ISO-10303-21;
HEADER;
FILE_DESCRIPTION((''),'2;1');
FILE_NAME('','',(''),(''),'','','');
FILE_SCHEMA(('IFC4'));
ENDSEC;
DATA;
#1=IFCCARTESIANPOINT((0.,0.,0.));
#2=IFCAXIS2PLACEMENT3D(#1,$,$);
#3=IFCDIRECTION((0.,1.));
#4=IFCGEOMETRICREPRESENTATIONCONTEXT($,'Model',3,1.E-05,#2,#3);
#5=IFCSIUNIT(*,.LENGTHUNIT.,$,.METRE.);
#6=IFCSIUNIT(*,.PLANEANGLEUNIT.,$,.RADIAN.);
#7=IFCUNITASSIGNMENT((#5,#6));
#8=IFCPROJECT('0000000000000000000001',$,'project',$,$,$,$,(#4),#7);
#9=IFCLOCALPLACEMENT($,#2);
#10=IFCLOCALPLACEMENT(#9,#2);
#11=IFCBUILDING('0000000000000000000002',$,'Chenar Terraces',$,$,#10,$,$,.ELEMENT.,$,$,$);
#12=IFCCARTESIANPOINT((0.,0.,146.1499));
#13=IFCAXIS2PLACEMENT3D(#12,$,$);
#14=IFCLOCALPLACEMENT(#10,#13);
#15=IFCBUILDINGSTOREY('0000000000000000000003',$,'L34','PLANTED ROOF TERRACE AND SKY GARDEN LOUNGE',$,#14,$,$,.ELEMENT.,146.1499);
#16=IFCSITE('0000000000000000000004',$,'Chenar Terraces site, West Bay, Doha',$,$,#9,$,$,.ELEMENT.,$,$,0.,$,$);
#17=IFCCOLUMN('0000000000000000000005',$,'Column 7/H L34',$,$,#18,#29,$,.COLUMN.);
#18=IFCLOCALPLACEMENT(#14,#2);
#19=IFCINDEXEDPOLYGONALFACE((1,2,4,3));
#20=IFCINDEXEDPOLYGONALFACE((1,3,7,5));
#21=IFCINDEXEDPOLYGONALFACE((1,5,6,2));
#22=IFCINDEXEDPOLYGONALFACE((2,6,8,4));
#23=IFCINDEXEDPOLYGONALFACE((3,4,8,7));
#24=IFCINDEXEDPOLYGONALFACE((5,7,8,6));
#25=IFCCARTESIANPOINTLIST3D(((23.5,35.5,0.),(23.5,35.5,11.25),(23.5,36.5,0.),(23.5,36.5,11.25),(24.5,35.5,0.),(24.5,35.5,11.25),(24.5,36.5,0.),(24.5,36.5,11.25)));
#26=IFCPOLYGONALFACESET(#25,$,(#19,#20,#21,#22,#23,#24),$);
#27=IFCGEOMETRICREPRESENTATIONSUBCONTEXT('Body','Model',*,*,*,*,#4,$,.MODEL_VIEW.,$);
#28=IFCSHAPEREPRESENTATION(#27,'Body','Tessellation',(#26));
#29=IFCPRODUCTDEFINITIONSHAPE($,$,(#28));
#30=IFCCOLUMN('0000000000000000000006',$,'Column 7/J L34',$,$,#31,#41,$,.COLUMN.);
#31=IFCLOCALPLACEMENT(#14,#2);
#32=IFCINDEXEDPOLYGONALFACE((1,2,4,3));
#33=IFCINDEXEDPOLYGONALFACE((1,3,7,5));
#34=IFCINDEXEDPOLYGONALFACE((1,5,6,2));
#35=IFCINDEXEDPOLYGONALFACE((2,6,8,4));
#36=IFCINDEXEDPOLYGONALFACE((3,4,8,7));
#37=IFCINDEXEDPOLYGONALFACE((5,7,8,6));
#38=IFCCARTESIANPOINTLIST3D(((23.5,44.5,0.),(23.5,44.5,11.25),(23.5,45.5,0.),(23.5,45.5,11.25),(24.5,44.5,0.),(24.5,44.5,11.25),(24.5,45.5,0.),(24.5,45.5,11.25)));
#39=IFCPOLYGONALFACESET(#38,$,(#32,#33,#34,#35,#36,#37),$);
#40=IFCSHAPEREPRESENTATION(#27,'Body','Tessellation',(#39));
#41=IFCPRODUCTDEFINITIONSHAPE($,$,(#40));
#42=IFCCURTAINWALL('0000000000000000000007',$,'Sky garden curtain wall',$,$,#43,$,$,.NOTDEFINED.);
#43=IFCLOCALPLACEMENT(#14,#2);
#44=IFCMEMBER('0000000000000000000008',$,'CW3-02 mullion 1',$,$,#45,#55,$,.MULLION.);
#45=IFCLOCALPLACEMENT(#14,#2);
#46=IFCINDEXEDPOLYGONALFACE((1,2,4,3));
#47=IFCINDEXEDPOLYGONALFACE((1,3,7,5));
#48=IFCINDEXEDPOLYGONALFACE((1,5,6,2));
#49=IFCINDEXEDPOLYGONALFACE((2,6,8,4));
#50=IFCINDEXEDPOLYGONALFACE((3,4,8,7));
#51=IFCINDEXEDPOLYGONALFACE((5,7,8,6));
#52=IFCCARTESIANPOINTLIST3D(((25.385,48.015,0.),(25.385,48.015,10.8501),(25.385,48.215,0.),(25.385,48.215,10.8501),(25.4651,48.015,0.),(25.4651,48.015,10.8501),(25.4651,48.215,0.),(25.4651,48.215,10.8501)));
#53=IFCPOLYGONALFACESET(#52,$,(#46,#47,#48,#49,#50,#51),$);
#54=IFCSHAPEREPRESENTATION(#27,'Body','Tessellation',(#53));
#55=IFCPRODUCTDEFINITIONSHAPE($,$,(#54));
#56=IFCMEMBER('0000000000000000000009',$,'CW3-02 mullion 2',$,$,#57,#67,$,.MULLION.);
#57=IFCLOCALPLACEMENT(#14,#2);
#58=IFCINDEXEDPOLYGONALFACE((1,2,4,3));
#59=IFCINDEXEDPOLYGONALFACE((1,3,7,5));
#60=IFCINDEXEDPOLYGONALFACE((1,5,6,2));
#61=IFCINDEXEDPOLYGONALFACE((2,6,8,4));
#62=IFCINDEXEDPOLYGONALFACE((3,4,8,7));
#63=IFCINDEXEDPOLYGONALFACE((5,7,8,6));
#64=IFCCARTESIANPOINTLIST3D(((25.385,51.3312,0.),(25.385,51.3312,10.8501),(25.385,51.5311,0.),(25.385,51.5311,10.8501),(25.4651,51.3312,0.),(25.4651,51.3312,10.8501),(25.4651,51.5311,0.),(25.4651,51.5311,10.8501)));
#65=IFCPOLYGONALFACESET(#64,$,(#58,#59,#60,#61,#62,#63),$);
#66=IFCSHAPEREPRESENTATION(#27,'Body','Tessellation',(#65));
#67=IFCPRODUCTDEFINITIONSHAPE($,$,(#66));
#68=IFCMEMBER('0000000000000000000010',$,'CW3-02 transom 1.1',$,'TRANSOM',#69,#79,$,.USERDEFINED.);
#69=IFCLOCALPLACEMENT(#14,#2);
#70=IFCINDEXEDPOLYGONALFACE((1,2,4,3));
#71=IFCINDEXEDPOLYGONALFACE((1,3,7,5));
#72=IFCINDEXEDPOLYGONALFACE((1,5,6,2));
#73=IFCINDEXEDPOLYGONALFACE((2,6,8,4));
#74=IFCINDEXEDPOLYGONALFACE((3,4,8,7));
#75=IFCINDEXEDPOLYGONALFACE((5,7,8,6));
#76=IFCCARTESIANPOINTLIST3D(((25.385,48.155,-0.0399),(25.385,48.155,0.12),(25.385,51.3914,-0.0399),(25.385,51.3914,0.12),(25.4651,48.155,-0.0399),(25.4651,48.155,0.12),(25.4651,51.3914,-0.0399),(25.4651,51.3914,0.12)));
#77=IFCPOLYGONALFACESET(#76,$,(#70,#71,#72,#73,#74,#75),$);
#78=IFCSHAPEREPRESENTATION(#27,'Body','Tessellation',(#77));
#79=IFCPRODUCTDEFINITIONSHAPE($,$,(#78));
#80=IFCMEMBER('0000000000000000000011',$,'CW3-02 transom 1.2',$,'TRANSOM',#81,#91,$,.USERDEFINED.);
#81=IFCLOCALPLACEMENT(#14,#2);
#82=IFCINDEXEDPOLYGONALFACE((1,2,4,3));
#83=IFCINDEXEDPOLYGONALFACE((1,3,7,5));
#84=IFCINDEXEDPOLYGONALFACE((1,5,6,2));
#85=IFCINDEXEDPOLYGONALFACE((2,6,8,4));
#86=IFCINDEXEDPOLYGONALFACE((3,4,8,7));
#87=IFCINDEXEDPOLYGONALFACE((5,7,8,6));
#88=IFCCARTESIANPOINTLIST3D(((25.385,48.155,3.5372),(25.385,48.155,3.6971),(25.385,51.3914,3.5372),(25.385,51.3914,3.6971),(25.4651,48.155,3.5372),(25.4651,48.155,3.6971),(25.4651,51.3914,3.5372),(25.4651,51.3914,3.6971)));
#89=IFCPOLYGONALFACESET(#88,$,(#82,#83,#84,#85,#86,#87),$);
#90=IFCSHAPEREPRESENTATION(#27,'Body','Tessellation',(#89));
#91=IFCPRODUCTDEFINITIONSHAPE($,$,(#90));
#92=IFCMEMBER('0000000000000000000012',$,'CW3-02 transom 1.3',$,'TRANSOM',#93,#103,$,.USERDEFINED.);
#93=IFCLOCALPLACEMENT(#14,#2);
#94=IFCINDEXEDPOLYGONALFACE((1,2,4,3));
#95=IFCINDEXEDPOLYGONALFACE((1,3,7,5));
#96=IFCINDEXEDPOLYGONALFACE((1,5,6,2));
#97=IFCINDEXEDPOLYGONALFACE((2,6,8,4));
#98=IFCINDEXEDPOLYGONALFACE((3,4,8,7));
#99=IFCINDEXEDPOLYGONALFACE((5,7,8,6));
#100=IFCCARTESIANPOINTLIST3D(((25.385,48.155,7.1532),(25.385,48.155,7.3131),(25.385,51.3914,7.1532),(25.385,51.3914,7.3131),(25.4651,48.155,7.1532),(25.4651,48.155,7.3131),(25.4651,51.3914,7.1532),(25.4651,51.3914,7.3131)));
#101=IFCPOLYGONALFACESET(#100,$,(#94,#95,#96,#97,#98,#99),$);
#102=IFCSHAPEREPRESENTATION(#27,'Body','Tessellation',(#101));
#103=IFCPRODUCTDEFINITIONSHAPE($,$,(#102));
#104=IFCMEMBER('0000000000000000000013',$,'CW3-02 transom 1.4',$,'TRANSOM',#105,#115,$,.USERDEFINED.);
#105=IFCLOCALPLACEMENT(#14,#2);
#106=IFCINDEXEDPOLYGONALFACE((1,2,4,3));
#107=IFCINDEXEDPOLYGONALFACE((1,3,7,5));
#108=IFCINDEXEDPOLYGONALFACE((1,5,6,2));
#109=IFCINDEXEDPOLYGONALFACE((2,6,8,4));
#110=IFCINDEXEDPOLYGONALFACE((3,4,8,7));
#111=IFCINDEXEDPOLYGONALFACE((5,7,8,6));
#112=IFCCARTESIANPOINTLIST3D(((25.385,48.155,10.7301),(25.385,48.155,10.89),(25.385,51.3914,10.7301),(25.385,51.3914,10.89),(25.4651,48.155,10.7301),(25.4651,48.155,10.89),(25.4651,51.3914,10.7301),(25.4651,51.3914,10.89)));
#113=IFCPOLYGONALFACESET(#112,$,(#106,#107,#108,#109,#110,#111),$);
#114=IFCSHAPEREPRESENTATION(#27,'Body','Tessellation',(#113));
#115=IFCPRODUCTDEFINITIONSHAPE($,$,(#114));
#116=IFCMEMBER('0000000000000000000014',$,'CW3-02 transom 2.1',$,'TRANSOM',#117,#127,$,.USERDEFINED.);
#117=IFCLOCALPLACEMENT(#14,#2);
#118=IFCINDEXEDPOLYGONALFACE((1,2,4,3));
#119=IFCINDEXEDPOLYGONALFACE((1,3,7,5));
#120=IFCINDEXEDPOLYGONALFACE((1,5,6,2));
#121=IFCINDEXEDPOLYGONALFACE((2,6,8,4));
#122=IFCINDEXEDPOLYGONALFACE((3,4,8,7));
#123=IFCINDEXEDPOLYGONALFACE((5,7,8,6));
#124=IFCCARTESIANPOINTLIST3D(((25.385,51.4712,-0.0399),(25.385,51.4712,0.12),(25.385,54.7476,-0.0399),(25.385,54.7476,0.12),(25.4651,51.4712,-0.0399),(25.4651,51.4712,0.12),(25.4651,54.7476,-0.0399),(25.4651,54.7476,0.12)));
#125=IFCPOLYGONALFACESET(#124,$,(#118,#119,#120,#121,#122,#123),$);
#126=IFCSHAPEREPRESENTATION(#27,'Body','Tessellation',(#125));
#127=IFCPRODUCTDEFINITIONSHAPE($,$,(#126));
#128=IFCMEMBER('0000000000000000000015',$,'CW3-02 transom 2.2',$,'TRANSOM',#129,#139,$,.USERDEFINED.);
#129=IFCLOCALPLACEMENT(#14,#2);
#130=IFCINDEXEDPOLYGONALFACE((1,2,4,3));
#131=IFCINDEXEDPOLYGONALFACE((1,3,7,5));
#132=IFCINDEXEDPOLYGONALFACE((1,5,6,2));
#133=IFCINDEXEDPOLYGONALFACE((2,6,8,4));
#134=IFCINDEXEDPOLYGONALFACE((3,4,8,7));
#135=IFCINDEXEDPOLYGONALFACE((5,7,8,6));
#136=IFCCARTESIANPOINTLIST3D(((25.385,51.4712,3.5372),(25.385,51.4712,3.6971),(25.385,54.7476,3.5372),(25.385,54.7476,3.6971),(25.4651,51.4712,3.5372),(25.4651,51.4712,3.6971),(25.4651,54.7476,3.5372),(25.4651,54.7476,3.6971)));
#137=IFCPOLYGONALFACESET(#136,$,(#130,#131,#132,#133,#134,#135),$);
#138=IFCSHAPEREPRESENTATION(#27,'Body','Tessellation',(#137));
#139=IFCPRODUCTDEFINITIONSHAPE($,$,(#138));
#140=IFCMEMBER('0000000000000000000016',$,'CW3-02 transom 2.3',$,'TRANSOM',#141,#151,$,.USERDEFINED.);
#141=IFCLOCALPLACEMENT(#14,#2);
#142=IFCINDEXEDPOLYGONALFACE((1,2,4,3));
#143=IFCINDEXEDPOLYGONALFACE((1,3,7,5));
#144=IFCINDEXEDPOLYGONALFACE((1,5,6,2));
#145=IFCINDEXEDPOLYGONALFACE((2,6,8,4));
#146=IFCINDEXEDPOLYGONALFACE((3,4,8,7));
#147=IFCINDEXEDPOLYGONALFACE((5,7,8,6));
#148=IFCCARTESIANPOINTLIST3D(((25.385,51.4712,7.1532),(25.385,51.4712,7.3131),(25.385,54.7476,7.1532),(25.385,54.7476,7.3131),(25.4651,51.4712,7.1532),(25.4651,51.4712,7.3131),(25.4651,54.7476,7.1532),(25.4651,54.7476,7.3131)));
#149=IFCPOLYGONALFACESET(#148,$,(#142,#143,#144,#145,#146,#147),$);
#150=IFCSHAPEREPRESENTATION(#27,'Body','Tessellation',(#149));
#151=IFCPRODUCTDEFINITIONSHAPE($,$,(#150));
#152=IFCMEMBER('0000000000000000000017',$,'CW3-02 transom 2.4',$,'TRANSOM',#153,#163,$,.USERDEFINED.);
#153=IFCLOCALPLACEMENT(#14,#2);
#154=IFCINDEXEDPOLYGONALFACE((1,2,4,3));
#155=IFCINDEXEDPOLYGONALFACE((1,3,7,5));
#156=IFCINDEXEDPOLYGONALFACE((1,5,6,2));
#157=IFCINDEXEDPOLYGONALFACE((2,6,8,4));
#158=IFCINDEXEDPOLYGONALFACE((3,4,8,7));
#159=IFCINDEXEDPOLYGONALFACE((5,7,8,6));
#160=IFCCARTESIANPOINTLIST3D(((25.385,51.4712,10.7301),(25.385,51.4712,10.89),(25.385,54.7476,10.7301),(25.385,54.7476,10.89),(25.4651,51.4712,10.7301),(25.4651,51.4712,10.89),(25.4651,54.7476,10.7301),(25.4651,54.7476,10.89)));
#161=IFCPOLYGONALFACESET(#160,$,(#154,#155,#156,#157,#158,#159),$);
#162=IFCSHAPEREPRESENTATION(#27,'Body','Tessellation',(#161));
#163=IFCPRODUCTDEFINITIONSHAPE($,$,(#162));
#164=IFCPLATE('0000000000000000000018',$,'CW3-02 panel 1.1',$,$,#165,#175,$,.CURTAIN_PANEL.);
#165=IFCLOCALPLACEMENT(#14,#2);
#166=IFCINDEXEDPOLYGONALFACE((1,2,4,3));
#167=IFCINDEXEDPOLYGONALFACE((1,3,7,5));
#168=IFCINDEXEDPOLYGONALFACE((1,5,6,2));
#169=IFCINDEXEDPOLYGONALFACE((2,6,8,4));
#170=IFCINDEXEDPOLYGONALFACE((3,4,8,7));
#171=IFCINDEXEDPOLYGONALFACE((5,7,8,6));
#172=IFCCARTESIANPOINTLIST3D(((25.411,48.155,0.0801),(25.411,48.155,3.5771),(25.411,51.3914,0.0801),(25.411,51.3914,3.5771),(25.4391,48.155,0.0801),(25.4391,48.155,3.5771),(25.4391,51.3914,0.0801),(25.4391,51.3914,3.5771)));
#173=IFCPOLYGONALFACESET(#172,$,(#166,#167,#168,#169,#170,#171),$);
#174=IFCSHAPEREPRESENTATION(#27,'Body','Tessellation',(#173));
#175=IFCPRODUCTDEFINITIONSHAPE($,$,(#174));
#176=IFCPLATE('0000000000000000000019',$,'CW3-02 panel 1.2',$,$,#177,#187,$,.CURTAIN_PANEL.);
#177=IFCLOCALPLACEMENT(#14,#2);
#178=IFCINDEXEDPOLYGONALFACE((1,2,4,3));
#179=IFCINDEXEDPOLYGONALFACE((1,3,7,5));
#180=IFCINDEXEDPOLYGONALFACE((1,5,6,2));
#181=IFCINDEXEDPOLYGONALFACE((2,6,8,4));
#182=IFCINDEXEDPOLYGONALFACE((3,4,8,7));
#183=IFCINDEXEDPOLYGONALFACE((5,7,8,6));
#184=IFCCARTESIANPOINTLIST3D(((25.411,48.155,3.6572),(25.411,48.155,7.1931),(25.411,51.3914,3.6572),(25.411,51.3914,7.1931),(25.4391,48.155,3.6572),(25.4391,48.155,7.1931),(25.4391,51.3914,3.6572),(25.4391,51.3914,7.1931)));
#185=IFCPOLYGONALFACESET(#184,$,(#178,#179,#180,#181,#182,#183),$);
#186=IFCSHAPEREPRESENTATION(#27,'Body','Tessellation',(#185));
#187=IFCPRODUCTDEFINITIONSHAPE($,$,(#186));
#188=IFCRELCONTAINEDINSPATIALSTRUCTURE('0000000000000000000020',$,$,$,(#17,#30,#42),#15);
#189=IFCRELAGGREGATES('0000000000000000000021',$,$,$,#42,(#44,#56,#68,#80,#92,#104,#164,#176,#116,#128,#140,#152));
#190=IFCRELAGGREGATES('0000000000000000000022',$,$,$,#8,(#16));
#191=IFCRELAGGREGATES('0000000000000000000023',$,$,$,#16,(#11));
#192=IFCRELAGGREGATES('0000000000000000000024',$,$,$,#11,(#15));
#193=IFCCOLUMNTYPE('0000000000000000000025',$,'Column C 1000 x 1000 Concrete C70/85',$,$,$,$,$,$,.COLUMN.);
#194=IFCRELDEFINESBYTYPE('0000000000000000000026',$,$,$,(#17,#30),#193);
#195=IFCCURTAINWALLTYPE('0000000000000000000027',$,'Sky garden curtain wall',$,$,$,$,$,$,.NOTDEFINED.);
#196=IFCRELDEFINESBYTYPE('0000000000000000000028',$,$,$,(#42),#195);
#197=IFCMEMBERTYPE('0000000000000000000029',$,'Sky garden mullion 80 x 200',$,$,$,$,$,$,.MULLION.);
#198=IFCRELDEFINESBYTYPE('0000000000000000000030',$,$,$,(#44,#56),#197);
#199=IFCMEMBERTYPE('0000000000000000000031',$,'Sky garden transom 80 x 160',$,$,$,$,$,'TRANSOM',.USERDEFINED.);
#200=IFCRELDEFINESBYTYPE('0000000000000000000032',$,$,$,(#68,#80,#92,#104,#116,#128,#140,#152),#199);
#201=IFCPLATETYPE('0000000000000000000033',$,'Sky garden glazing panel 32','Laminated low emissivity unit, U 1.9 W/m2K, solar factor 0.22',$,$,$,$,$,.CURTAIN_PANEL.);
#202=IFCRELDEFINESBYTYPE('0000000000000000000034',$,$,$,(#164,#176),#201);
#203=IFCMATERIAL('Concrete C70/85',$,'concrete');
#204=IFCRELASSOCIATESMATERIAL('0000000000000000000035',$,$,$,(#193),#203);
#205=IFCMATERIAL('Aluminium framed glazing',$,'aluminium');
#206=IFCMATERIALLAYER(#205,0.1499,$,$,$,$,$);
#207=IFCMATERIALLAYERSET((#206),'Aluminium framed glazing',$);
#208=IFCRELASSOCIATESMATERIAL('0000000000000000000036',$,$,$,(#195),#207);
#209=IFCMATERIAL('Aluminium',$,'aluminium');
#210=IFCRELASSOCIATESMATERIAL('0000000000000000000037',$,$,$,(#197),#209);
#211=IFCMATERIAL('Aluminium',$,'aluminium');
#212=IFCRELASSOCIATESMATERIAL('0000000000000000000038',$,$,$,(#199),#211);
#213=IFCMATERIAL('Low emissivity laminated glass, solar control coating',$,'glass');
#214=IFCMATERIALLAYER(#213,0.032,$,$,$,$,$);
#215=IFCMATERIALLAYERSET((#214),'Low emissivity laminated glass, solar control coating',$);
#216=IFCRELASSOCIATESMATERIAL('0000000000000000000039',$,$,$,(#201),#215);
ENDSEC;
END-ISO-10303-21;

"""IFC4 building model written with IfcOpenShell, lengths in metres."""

from ifc_helpers import new_model, si_unit, direction, frame, origin, origin_2d, place, context, subcontext, project, spatial, rectangle, extrude, material, layer, layer_set, material_profile, profile_set, type_object, element, aggregate, save


model = new_model("IFC4")

# Units and contexts
model_context = context("Model", 3, precision=1e-05, world=origin(), true_north=direction((0.0, 1.0)))
body_context = subcontext(model_context, "Body", "Model", "MODEL_VIEW")
ifc_project = project(units=[si_unit("LENGTHUNIT", "METRE"), si_unit("PLANEANGLEUNIT", "RADIAN")], contexts=[model_context])

# Site, building, storey
site_placement = place(None, origin())
site = spatial("IfcSite", under=ifc_project, at=site_placement, Name="Chenar Terraces site, West Bay, Doha", CompositionType="ELEMENT", RefElevation=0.0)
building_placement = place(site_placement, origin())
building = spatial("IfcBuilding", under=site, at=building_placement, Name="Chenar Terraces", CompositionType="ELEMENT")
storey_placement = place(building_placement, frame((0.0, 0.0, 146.1499)))
storey = spatial("IfcBuildingStorey", under=building, at=storey_placement, Name="L34", Description="PLANTED ROOF TERRACE AND SKY GARDEN LOUNGE", CompositionType="ELEMENT", Elevation=146.1499)

# Columns
ifc_material_1 = material(Name="Concrete C70/85", Category="concrete")
ifc_material_profile_1 = material_profile(ifc_material_1, rectangle(XDim=1.0, YDim=1.0, at=origin_2d()), Name="C 1000 x 1000")
ifc_profile_set_1 = profile_set([ifc_material_profile_1], Name="Concrete C70/85")
column_type = type_object("IfcColumnType", Name="Column C 1000 x 1000 Concrete C70/85", PredefinedType="COLUMN", material=ifc_profile_set_1)
for number, where, z_axis, x_axis, name in (
    (1, (24.0, 36.0, 0.0), (0.0, 0.0, 1.0), (1.0, 0.0, 0.0), "Column 7/H L34"),
    (2, (24.0, 45.0, 0.0), (0.0, 0.0, 1.0), (1.0, 0.0, 0.0), "Column 7/J L34"),
):
    element("IfcColumn", number, at=place(storey_placement, frame(where, z_axis=z_axis, x_axis=x_axis)), inside=storey, type_object=column_type, Name=name, PredefinedType="COLUMN", context=body_context, shape_type="SweptSolid", body=[
        extrude(rectangle(XDim=1.0, YDim=1.0, at=origin_2d()), origin(), (0.0, 0.0, 1.0), 11.25),
    ])

# Curtain wall, members, plates
ifc_material_2 = material(Name="Aluminium framed glazing", Category="aluminium")
ifc_layer_1 = layer(ifc_material_2, 0.1499)
ifc_layer_set_1 = layer_set([ifc_layer_1], Name="Aluminium framed glazing")
curtain_wall_type = type_object("IfcCurtainWallType", Name="Sky garden curtain wall", PredefinedType="NOTDEFINED", material=ifc_layer_set_1)
placement = place(storey_placement, origin())
curtain_wall = element("IfcCurtainWall", 3, at=placement, inside=storey, type_object=curtain_wall_type, Name="Sky garden curtain wall", PredefinedType="NOTDEFINED")
ifc_material_3 = material(Name="Aluminium", Category="aluminium")
ifc_material_profile_2 = material_profile(ifc_material_3, rectangle(XDim=0.0801, YDim=0.2, at=origin_2d()), Name="Sky garden mullion 80 x 200")
ifc_profile_set_2 = profile_set([ifc_material_profile_2], Name="Aluminium")
member_type_1 = type_object("IfcMemberType", Name="Sky garden mullion 80 x 200", PredefinedType="MULLION", material=ifc_profile_set_2)
member_1_placement = place(storey_placement, frame((25.425, 48.115, 0.0), z_axis=(0.0, 0.0, 1.0), x_axis=(-1.0, 0.0, 0.0)))
member_1 = element("IfcMember", 4, at=member_1_placement, type_object=member_type_1, Name="CW3-02 mullion 1", PredefinedType="MULLION", context=body_context, shape_type="SweptSolid", body=[
    extrude(rectangle(XDim=0.0801, YDim=0.2, at=origin_2d()), origin(), (0.0, 0.0, 1.0), 10.8501),
])
member_2_placement = place(storey_placement, frame((25.425, 51.4312, 0.0), z_axis=(0.0, 0.0, 1.0), x_axis=(-1.0, 0.0, 0.0)))
member_2 = element("IfcMember", 5, at=member_2_placement, type_object=member_type_1, Name="CW3-02 mullion 2", PredefinedType="MULLION", context=body_context, shape_type="SweptSolid", body=[
    extrude(rectangle(XDim=0.0801, YDim=0.2, at=origin_2d()), origin(), (0.0, 0.0, 1.0), 10.8501),
])
ifc_material_4 = material(Name="Aluminium", Category="aluminium")
ifc_material_profile_3 = material_profile(ifc_material_4, rectangle(XDim=0.0801, YDim=0.1599, at=origin_2d()), Name="Sky garden transom 80 x 160")
ifc_profile_set_3 = profile_set([ifc_material_profile_3], Name="Aluminium")
member_type_2 = type_object("IfcMemberType", Name="Sky garden transom 80 x 160", ElementType="TRANSOM", PredefinedType="USERDEFINED", material=ifc_profile_set_3)
member_3_placement = place(storey_placement, frame((25.425, 48.155, 0.04), z_axis=(0.0, 1.0, 0.0), x_axis=(-1.0, 0.0, 0.0)))
member_3 = element("IfcMember", 6, at=member_3_placement, type_object=member_type_2, Name="CW3-02 transom 1.1", ObjectType="TRANSOM", PredefinedType="USERDEFINED", context=body_context, shape_type="SweptSolid", body=[
    extrude(rectangle(XDim=0.0801, YDim=0.1599, at=origin_2d()), origin(), (0.0, 0.0, 1.0), 3.2363),
])
member_4_placement = place(storey_placement, frame((25.425, 48.155, 3.6172), z_axis=(0.0, 1.0, 0.0), x_axis=(-1.0, 0.0, 0.0)))
member_4 = element("IfcMember", 7, at=member_4_placement, type_object=member_type_2, Name="CW3-02 transom 1.2", ObjectType="TRANSOM", PredefinedType="USERDEFINED", context=body_context, shape_type="SweptSolid", body=[
    extrude(rectangle(XDim=0.0801, YDim=0.1599, at=origin_2d()), origin(), (0.0, 0.0, 1.0), 3.2363),
])
member_5_placement = place(storey_placement, frame((25.425, 48.155, 7.2332), z_axis=(0.0, 1.0, 0.0), x_axis=(-1.0, 0.0, 0.0)))
member_5 = element("IfcMember", 8, at=member_5_placement, type_object=member_type_2, Name="CW3-02 transom 1.3", ObjectType="TRANSOM", PredefinedType="USERDEFINED", context=body_context, shape_type="SweptSolid", body=[
    extrude(rectangle(XDim=0.0801, YDim=0.1599, at=origin_2d()), origin(), (0.0, 0.0, 1.0), 3.2363),
])
member_6_placement = place(storey_placement, frame((25.425, 48.155, 10.8101), z_axis=(0.0, 1.0, 0.0), x_axis=(-1.0, 0.0, 0.0)))
member_6 = element("IfcMember", 9, at=member_6_placement, type_object=member_type_2, Name="CW3-02 transom 1.4", ObjectType="TRANSOM", PredefinedType="USERDEFINED", context=body_context, shape_type="SweptSolid", body=[
    extrude(rectangle(XDim=0.0801, YDim=0.1599, at=origin_2d()), origin(), (0.0, 0.0, 1.0), 3.2363),
])
member_7_placement = place(storey_placement, frame((25.425, 51.4712, 0.04), z_axis=(0.0, 1.0, 0.0), x_axis=(-1.0, 0.0, 0.0)))
member_7 = element("IfcMember", 10, at=member_7_placement, type_object=member_type_2, Name="CW3-02 transom 2.1", ObjectType="TRANSOM", PredefinedType="USERDEFINED", context=body_context, shape_type="SweptSolid", body=[
    extrude(rectangle(XDim=0.0801, YDim=0.1599, at=origin_2d()), origin(), (0.0, 0.0, 1.0), 3.2764),
])
member_8_placement = place(storey_placement, frame((25.425, 51.4712, 3.6172), z_axis=(0.0, 1.0, 0.0), x_axis=(-1.0, 0.0, 0.0)))
member_8 = element("IfcMember", 11, at=member_8_placement, type_object=member_type_2, Name="CW3-02 transom 2.2", ObjectType="TRANSOM", PredefinedType="USERDEFINED", context=body_context, shape_type="SweptSolid", body=[
    extrude(rectangle(XDim=0.0801, YDim=0.1599, at=origin_2d()), origin(), (0.0, 0.0, 1.0), 3.2764),
])
member_9_placement = place(storey_placement, frame((25.425, 51.4712, 7.2332), z_axis=(0.0, 1.0, 0.0), x_axis=(-1.0, 0.0, 0.0)))
member_9 = element("IfcMember", 12, at=member_9_placement, type_object=member_type_2, Name="CW3-02 transom 2.3", ObjectType="TRANSOM", PredefinedType="USERDEFINED", context=body_context, shape_type="SweptSolid", body=[
    extrude(rectangle(XDim=0.0801, YDim=0.1599, at=origin_2d()), origin(), (0.0, 0.0, 1.0), 3.2764),
])
member_10_placement = place(storey_placement, frame((25.425, 51.4712, 10.8101), z_axis=(0.0, 1.0, 0.0), x_axis=(-1.0, 0.0, 0.0)))
member_10 = element("IfcMember", 13, at=member_10_placement, type_object=member_type_2, Name="CW3-02 transom 2.4", ObjectType="TRANSOM", PredefinedType="USERDEFINED", context=body_context, shape_type="SweptSolid", body=[
    extrude(rectangle(XDim=0.0801, YDim=0.1599, at=origin_2d()), origin(), (0.0, 0.0, 1.0), 3.2764),
])
ifc_material_5 = material(Name="Low emissivity laminated glass, solar control coating", Category="glass")
ifc_layer_2 = layer(ifc_material_5, 0.032)
ifc_layer_set_2 = layer_set([ifc_layer_2], Name="Low emissivity laminated glass, solar control coating")
plate_type = type_object("IfcPlateType", Name="Sky garden glazing panel 32", Description="Laminated low emissivity unit, U 1.9 W/m2K, solar factor 0.22", PredefinedType="CURTAIN_PANEL", material=ifc_layer_set_2)
plate_1_placement = place(storey_placement, frame((25.425, 49.7732, 0.0801), z_axis=(0.0, 0.0, 1.0), x_axis=(0.0, 1.0, 0.0)))
plate_1 = element("IfcPlate", 14, at=plate_1_placement, type_object=plate_type, Name="CW3-02 panel 1.1", PredefinedType="CURTAIN_PANEL", context=body_context, shape_type="SweptSolid", body=[
    extrude(rectangle(XDim=3.2363, YDim=0.0281, at=origin_2d()), origin(), (0.0, 0.0, 1.0), 3.4971),
])
plate_2_placement = place(storey_placement, frame((25.425, 49.7732, 3.6572), z_axis=(0.0, 0.0, 1.0), x_axis=(0.0, 1.0, 0.0)))
plate_2 = element("IfcPlate", 15, at=plate_2_placement, type_object=plate_type, Name="CW3-02 panel 1.2", PredefinedType="CURTAIN_PANEL", context=body_context, shape_type="SweptSolid", body=[
    extrude(rectangle(XDim=3.2363, YDim=0.0281, at=origin_2d()), origin(), (0.0, 0.0, 1.0), 3.5359),
])
aggregate(curtain_wall, [member_1, member_2, member_3, member_4, member_5, member_6, plate_1, plate_2, member_7, member_8, member_9, member_10])

save(model, "model.ifc")
